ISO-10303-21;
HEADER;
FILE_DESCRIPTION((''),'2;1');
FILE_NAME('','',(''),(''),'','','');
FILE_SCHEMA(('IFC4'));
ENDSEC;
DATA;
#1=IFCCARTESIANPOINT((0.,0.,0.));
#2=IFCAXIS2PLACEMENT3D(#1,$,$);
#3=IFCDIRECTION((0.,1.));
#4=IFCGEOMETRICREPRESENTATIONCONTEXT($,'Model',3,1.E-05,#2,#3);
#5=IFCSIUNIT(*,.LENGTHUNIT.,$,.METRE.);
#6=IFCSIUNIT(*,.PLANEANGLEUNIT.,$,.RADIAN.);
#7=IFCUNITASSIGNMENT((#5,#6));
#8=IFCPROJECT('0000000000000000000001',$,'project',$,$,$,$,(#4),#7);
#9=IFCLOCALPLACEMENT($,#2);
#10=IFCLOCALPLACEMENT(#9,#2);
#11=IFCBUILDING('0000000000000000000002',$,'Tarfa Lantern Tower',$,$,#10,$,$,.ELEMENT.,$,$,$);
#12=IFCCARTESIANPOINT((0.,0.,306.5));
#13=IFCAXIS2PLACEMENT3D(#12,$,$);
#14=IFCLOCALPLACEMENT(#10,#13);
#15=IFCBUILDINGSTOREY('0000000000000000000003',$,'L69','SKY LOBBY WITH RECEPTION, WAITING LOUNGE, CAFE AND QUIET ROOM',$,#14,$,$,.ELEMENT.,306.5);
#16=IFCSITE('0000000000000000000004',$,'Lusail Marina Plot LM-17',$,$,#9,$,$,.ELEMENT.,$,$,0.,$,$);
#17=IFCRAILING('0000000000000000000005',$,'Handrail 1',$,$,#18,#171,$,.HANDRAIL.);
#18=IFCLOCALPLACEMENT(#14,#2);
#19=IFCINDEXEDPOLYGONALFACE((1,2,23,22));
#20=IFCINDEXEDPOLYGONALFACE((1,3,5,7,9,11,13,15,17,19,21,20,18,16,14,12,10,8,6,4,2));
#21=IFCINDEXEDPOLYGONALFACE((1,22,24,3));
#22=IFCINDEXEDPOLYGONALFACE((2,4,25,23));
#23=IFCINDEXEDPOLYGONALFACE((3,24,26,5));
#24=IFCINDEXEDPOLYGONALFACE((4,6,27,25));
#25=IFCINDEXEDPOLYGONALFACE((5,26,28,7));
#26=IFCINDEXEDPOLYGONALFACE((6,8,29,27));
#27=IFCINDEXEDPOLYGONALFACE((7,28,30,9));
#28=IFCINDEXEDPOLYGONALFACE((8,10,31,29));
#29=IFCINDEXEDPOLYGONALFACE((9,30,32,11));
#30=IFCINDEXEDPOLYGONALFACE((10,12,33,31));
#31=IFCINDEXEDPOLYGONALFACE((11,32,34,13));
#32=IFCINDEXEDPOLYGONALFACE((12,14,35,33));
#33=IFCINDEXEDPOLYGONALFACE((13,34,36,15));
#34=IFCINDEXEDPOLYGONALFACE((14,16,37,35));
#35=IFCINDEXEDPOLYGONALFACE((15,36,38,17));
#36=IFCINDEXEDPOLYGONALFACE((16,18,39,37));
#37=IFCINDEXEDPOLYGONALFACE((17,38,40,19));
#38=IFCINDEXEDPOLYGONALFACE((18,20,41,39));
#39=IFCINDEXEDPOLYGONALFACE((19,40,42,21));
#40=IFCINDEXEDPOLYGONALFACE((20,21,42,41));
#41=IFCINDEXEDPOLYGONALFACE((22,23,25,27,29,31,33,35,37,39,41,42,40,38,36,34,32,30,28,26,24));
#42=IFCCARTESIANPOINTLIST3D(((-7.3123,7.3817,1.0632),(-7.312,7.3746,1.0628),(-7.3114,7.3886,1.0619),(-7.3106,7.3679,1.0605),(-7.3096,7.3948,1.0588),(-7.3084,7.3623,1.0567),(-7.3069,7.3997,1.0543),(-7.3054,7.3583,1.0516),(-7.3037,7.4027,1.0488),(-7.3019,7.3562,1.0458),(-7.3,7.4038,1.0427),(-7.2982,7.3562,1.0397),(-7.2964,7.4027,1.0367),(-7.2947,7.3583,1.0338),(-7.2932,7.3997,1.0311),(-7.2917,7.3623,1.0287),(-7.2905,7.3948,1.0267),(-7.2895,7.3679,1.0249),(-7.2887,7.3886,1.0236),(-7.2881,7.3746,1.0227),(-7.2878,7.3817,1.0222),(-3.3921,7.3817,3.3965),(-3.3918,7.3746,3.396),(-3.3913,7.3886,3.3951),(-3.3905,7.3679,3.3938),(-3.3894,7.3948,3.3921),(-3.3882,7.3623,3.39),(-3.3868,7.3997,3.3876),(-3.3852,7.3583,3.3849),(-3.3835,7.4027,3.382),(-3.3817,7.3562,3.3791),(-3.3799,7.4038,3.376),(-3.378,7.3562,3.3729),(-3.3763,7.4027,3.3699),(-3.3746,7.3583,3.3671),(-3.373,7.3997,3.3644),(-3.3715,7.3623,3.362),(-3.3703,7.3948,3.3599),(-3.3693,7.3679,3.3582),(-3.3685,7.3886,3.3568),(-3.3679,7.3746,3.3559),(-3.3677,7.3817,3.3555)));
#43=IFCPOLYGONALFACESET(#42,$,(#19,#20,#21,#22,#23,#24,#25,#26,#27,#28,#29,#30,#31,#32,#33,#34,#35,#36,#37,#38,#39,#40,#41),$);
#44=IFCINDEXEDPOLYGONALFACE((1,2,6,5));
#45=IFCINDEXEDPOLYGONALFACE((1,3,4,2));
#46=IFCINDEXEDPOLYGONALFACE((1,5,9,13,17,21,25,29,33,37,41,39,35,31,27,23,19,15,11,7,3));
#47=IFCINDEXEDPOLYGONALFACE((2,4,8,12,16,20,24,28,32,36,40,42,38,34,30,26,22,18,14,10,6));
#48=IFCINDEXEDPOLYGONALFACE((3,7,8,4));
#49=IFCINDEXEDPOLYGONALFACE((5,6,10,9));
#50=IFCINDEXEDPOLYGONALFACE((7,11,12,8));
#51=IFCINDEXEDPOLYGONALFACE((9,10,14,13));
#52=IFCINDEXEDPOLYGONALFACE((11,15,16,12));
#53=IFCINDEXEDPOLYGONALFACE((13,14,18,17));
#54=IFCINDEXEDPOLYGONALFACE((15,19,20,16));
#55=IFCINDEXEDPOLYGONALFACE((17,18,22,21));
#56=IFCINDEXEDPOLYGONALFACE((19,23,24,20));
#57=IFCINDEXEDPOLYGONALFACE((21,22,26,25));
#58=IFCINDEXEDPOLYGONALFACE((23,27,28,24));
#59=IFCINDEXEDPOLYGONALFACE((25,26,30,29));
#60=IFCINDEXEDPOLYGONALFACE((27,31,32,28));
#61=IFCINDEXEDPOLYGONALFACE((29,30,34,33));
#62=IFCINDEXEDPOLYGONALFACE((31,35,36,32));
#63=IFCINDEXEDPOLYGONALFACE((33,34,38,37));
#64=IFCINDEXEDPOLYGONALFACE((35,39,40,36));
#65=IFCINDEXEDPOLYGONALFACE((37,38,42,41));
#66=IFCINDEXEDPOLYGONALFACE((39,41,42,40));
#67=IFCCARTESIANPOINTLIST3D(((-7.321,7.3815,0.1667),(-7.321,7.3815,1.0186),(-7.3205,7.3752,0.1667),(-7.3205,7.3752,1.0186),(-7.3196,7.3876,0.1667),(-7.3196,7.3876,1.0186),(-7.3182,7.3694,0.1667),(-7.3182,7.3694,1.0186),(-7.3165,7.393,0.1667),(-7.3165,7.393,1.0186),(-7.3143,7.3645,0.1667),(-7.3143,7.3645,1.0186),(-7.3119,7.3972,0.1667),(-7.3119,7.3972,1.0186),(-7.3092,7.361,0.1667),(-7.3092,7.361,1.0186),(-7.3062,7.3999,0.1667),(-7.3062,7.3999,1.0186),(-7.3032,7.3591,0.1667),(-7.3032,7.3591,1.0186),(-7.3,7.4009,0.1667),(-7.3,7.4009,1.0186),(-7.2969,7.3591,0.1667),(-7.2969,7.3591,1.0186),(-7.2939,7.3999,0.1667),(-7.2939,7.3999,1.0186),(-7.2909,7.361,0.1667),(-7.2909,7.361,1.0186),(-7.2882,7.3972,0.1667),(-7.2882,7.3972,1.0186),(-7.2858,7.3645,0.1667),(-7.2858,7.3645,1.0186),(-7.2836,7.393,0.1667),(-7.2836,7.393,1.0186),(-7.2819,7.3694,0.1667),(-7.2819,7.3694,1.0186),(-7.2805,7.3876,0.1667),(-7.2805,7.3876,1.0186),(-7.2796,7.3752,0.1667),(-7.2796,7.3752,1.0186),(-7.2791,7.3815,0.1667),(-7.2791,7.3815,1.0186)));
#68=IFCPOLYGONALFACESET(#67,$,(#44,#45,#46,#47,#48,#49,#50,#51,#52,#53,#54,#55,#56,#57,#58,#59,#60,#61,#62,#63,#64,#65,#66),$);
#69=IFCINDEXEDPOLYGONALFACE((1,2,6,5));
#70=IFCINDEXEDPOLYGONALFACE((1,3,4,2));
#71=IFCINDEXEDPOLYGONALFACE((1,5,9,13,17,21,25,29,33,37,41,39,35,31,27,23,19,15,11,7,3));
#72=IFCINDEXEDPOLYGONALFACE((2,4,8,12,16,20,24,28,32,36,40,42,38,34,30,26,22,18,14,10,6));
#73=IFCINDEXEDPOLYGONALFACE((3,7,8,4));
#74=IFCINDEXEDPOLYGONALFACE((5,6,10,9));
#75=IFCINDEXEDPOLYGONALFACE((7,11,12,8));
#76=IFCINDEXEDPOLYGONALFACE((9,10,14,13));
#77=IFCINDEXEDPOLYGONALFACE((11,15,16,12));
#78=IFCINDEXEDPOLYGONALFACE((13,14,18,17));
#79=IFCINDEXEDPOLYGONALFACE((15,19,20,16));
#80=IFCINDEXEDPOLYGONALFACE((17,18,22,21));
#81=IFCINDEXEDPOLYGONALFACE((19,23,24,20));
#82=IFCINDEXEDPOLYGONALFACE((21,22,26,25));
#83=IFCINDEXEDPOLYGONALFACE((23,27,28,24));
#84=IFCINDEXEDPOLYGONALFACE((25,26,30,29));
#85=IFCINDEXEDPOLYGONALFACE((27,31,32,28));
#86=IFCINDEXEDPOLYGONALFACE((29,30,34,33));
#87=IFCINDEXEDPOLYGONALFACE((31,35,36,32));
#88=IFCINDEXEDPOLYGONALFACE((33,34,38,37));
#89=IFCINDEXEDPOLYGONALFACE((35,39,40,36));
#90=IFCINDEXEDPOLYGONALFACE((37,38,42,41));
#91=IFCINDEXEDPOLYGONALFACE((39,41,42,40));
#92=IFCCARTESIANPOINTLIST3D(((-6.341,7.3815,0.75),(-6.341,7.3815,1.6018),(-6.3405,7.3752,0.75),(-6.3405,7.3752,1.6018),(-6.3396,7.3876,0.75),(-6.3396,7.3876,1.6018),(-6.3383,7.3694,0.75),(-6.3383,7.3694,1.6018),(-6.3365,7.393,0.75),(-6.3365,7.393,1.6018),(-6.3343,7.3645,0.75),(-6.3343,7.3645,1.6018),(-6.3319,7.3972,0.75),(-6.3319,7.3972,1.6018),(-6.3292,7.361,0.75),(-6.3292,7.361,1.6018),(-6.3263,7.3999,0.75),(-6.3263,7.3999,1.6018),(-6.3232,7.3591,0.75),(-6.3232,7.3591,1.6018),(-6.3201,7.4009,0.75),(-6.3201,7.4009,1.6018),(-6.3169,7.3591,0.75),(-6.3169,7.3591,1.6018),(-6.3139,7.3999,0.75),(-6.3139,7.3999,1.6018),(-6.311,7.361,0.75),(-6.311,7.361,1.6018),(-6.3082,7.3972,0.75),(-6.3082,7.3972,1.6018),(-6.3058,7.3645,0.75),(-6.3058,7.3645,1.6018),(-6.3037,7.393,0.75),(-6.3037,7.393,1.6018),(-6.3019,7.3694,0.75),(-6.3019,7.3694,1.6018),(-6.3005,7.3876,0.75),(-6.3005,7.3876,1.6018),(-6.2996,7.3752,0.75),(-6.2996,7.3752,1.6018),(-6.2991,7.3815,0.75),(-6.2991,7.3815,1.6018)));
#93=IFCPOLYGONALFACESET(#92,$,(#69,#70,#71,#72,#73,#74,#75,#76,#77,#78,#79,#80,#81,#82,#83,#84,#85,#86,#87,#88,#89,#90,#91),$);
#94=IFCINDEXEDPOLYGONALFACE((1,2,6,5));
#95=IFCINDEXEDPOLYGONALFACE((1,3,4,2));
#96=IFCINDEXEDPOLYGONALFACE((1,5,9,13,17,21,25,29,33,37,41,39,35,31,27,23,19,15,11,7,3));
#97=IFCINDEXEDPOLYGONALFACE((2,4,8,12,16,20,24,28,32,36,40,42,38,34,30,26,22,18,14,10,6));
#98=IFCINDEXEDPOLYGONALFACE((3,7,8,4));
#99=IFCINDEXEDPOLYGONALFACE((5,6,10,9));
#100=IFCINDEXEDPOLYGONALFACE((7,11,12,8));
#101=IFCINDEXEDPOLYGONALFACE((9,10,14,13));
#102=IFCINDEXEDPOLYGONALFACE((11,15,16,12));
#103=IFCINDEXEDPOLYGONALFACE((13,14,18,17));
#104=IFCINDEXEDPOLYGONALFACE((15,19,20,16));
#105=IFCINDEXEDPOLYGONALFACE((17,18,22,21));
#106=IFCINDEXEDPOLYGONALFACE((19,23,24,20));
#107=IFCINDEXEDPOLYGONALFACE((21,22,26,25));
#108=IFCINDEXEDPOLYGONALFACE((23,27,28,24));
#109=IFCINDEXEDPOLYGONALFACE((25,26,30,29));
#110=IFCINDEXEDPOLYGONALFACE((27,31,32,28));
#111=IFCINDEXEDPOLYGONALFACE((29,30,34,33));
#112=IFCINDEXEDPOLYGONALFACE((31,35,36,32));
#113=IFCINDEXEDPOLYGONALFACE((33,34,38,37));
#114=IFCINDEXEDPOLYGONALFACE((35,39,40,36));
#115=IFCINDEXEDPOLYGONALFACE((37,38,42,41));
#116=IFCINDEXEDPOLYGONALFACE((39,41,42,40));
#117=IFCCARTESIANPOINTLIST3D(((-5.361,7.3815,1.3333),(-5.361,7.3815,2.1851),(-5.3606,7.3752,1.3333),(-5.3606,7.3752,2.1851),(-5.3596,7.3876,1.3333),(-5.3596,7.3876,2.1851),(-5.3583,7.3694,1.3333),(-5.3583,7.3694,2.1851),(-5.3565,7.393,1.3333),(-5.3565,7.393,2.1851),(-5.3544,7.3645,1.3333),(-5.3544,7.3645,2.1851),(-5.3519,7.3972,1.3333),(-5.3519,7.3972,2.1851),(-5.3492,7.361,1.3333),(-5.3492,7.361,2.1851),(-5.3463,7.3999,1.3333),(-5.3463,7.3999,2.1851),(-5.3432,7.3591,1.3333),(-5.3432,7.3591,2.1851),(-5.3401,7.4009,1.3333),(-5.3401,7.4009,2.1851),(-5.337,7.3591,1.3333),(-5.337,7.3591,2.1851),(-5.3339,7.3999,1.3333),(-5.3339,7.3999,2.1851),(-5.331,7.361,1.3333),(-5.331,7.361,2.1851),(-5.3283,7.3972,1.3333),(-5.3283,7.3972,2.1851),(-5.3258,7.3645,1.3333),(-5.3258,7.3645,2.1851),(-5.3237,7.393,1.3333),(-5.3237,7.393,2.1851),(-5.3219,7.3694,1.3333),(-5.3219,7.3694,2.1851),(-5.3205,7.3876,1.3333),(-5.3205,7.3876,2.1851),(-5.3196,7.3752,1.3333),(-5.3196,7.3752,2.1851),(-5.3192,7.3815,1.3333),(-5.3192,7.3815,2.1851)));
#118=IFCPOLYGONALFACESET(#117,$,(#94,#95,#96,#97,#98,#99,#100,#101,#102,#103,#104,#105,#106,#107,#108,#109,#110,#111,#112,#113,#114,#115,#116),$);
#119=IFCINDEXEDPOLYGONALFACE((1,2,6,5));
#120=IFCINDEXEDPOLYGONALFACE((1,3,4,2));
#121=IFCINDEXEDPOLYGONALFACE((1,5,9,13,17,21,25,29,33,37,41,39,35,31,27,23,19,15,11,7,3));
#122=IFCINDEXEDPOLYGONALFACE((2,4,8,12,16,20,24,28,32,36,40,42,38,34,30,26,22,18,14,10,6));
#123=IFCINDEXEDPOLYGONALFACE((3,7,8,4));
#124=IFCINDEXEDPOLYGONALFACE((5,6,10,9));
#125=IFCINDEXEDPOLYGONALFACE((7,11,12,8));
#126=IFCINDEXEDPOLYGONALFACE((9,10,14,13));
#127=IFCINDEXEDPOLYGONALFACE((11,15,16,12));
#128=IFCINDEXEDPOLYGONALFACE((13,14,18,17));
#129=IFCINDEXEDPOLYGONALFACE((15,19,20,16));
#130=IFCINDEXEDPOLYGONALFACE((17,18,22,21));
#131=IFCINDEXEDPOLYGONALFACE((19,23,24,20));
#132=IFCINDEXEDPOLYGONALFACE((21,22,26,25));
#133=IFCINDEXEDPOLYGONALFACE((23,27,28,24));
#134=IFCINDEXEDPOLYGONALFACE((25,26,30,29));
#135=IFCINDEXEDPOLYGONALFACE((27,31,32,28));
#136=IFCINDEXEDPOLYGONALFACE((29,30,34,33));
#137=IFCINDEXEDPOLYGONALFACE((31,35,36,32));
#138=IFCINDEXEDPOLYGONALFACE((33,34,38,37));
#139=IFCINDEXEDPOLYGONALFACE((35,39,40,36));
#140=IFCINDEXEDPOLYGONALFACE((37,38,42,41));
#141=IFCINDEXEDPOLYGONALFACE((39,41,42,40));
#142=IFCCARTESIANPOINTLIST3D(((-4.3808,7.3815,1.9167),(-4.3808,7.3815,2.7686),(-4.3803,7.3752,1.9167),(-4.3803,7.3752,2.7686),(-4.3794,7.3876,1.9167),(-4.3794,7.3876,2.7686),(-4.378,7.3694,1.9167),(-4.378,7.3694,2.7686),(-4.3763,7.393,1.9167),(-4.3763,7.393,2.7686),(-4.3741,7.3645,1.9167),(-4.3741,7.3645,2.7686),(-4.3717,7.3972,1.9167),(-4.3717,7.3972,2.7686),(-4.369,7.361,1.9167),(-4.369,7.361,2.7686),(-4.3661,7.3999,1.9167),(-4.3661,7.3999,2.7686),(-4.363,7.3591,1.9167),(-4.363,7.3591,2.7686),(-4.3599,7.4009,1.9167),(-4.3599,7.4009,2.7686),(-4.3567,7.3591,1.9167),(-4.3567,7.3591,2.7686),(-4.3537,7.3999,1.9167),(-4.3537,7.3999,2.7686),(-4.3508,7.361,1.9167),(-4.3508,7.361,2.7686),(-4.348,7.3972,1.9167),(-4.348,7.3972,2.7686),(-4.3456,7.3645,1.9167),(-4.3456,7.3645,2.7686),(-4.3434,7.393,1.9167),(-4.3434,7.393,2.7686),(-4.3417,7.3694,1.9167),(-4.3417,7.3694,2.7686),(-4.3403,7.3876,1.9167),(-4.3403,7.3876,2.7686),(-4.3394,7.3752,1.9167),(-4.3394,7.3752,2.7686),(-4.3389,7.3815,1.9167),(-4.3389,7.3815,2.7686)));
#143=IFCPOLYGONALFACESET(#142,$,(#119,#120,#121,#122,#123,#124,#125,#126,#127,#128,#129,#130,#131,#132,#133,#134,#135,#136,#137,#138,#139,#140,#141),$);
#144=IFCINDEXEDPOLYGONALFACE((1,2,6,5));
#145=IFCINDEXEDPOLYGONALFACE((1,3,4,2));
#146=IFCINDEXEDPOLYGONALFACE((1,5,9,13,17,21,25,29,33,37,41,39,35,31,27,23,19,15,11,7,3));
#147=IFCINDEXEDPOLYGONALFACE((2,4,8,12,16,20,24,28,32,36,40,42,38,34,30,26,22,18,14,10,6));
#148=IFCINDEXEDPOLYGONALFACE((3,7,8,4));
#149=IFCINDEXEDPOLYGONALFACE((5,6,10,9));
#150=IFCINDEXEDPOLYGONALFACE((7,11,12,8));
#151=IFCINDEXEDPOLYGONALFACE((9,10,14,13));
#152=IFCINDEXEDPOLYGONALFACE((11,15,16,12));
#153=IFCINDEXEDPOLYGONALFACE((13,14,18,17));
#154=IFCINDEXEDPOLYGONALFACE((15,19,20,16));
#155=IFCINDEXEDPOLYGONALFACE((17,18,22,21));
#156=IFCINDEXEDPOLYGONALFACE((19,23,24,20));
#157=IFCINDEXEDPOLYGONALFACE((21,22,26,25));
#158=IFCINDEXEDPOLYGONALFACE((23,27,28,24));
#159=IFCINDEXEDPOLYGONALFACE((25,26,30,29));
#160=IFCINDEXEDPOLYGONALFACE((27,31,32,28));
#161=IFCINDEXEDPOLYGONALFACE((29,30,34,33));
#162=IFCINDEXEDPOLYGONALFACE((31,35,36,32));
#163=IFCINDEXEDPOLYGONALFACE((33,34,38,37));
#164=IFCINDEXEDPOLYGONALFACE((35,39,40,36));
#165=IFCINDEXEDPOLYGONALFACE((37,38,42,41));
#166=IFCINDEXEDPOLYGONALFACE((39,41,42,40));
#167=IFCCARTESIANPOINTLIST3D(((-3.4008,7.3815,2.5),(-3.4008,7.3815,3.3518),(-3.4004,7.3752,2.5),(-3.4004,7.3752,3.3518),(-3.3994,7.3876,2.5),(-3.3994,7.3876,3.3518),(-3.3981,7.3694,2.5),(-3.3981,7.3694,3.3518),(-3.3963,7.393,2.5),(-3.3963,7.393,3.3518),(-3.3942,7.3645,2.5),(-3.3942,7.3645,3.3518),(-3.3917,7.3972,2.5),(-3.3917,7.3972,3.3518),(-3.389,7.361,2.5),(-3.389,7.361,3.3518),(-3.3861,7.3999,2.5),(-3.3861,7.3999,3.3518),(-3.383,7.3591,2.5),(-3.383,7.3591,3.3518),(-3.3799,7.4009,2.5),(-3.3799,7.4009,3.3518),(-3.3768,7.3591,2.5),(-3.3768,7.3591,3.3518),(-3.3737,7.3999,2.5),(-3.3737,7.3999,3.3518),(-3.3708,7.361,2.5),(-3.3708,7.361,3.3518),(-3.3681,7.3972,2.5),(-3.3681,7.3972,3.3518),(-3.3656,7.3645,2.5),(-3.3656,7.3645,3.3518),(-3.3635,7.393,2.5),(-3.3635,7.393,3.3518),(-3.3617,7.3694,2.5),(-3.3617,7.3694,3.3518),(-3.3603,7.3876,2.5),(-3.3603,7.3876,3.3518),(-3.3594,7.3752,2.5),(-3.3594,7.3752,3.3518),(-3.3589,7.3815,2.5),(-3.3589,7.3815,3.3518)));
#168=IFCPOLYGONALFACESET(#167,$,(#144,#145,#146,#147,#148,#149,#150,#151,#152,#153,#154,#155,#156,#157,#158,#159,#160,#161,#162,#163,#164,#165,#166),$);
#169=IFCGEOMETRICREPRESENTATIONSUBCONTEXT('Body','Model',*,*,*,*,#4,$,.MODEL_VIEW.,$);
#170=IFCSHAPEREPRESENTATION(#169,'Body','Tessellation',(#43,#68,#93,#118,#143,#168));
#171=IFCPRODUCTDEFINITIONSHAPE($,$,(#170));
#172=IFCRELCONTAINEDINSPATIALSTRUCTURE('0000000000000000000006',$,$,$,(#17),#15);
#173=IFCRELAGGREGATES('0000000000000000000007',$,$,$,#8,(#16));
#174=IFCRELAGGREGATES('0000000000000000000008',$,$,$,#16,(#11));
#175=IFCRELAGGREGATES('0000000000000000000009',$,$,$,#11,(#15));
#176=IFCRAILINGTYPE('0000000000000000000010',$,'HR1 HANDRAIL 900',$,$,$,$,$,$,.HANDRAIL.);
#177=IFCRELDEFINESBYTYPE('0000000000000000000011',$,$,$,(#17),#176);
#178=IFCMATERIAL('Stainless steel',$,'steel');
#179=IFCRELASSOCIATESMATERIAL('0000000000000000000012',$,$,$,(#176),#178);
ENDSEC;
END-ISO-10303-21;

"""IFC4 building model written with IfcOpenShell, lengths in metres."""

from ifc_helpers import new_model, si_unit, direction, frame, origin, origin_2d, place, context, subcontext, project, spatial, circle, extrude, material, type_object, element, save


model = new_model("IFC4")

# Units and contexts
model_context = context("Model", 3, precision=1e-05, world=origin(), true_north=direction((0.0, 1.0)))
body_context = subcontext(model_context, "Body", "Model", "MODEL_VIEW")
ifc_project = project(units=[si_unit("LENGTHUNIT", "METRE"), si_unit("PLANEANGLEUNIT", "RADIAN")], contexts=[model_context])

# Site, building, storey
site_placement = place(None, origin())
site = spatial("IfcSite", under=ifc_project, at=site_placement, Name="Lusail Marina Plot LM-17", CompositionType="ELEMENT", RefElevation=0.0)
building_placement = place(site_placement, origin())
building = spatial("IfcBuilding", under=site, at=building_placement, Name="Tarfa Lantern Tower", CompositionType="ELEMENT")
storey_placement = place(building_placement, frame((0.0, 0.0, 306.5)))
storey = spatial("IfcBuildingStorey", under=building, at=storey_placement, Name="L69", Description="SKY LOBBY WITH RECEPTION, WAITING LOUNGE, CAFE AND QUIET ROOM", CompositionType="ELEMENT", Elevation=306.5)

# Railing
ifc_material_1 = material(Name="Stainless steel", Category="steel")
railing_type = type_object("IfcRailingType", Name="HR1 HANDRAIL 900", PredefinedType="HANDRAIL", material=ifc_material_1)
railing_1_placement = place(storey_placement, frame((-7.3, 7.3799, 0.1667)))
element("IfcRailing", 1, at=railing_1_placement, inside=storey, type_object=railing_type, Name="Handrail 1", PredefinedType="HANDRAIL", context=body_context, shape_type="SweptSolid", body=[
    extrude(circle(Radius=0.0239, at=origin_2d()), frame((0.0, 0.0, 0.876), z_axis=(0.85931, 0.0, 0.511455), x_axis=(0.0, 1.0, 0.0)), (0.0, 0.0, 1.0), 4.562),
    extrude(circle(Radius=0.021, at=origin_2d()), frame((0.0, 0.0, 0.0), z_axis=(0.0, 0.0, 1.0), x_axis=(0.0, 1.0, 0.0)), (0.0, 0.0, 1.0), 0.8518),
    extrude(circle(Radius=0.021, at=origin_2d()), frame((0.98, 0.0, 0.5833), z_axis=(0.0, 0.0, 1.0), x_axis=(0.0, 1.0, 0.0)), (0.0, 0.0, 1.0), 0.8518),
    extrude(circle(Radius=0.021, at=origin_2d()), frame((1.96, 0.0, 1.1665), z_axis=(0.0, 0.0, 1.0), x_axis=(0.0, 1.0, 0.0)), (0.0, 0.0, 1.0), 0.8518),
    extrude(circle(Radius=0.021, at=origin_2d()), frame((2.9402, 0.0, 1.75), z_axis=(0.0, 0.0, 1.0), x_axis=(0.0, 1.0, 0.0)), (0.0, 0.0, 1.0), 0.8518),
    extrude(circle(Radius=0.021, at=origin_2d()), frame((3.9202, 0.0, 2.3333), z_axis=(0.0, 0.0, 1.0), x_axis=(0.0, 1.0, 0.0)), (0.0, 0.0, 1.0), 0.8518),
])

save(model, "model.ifc")
